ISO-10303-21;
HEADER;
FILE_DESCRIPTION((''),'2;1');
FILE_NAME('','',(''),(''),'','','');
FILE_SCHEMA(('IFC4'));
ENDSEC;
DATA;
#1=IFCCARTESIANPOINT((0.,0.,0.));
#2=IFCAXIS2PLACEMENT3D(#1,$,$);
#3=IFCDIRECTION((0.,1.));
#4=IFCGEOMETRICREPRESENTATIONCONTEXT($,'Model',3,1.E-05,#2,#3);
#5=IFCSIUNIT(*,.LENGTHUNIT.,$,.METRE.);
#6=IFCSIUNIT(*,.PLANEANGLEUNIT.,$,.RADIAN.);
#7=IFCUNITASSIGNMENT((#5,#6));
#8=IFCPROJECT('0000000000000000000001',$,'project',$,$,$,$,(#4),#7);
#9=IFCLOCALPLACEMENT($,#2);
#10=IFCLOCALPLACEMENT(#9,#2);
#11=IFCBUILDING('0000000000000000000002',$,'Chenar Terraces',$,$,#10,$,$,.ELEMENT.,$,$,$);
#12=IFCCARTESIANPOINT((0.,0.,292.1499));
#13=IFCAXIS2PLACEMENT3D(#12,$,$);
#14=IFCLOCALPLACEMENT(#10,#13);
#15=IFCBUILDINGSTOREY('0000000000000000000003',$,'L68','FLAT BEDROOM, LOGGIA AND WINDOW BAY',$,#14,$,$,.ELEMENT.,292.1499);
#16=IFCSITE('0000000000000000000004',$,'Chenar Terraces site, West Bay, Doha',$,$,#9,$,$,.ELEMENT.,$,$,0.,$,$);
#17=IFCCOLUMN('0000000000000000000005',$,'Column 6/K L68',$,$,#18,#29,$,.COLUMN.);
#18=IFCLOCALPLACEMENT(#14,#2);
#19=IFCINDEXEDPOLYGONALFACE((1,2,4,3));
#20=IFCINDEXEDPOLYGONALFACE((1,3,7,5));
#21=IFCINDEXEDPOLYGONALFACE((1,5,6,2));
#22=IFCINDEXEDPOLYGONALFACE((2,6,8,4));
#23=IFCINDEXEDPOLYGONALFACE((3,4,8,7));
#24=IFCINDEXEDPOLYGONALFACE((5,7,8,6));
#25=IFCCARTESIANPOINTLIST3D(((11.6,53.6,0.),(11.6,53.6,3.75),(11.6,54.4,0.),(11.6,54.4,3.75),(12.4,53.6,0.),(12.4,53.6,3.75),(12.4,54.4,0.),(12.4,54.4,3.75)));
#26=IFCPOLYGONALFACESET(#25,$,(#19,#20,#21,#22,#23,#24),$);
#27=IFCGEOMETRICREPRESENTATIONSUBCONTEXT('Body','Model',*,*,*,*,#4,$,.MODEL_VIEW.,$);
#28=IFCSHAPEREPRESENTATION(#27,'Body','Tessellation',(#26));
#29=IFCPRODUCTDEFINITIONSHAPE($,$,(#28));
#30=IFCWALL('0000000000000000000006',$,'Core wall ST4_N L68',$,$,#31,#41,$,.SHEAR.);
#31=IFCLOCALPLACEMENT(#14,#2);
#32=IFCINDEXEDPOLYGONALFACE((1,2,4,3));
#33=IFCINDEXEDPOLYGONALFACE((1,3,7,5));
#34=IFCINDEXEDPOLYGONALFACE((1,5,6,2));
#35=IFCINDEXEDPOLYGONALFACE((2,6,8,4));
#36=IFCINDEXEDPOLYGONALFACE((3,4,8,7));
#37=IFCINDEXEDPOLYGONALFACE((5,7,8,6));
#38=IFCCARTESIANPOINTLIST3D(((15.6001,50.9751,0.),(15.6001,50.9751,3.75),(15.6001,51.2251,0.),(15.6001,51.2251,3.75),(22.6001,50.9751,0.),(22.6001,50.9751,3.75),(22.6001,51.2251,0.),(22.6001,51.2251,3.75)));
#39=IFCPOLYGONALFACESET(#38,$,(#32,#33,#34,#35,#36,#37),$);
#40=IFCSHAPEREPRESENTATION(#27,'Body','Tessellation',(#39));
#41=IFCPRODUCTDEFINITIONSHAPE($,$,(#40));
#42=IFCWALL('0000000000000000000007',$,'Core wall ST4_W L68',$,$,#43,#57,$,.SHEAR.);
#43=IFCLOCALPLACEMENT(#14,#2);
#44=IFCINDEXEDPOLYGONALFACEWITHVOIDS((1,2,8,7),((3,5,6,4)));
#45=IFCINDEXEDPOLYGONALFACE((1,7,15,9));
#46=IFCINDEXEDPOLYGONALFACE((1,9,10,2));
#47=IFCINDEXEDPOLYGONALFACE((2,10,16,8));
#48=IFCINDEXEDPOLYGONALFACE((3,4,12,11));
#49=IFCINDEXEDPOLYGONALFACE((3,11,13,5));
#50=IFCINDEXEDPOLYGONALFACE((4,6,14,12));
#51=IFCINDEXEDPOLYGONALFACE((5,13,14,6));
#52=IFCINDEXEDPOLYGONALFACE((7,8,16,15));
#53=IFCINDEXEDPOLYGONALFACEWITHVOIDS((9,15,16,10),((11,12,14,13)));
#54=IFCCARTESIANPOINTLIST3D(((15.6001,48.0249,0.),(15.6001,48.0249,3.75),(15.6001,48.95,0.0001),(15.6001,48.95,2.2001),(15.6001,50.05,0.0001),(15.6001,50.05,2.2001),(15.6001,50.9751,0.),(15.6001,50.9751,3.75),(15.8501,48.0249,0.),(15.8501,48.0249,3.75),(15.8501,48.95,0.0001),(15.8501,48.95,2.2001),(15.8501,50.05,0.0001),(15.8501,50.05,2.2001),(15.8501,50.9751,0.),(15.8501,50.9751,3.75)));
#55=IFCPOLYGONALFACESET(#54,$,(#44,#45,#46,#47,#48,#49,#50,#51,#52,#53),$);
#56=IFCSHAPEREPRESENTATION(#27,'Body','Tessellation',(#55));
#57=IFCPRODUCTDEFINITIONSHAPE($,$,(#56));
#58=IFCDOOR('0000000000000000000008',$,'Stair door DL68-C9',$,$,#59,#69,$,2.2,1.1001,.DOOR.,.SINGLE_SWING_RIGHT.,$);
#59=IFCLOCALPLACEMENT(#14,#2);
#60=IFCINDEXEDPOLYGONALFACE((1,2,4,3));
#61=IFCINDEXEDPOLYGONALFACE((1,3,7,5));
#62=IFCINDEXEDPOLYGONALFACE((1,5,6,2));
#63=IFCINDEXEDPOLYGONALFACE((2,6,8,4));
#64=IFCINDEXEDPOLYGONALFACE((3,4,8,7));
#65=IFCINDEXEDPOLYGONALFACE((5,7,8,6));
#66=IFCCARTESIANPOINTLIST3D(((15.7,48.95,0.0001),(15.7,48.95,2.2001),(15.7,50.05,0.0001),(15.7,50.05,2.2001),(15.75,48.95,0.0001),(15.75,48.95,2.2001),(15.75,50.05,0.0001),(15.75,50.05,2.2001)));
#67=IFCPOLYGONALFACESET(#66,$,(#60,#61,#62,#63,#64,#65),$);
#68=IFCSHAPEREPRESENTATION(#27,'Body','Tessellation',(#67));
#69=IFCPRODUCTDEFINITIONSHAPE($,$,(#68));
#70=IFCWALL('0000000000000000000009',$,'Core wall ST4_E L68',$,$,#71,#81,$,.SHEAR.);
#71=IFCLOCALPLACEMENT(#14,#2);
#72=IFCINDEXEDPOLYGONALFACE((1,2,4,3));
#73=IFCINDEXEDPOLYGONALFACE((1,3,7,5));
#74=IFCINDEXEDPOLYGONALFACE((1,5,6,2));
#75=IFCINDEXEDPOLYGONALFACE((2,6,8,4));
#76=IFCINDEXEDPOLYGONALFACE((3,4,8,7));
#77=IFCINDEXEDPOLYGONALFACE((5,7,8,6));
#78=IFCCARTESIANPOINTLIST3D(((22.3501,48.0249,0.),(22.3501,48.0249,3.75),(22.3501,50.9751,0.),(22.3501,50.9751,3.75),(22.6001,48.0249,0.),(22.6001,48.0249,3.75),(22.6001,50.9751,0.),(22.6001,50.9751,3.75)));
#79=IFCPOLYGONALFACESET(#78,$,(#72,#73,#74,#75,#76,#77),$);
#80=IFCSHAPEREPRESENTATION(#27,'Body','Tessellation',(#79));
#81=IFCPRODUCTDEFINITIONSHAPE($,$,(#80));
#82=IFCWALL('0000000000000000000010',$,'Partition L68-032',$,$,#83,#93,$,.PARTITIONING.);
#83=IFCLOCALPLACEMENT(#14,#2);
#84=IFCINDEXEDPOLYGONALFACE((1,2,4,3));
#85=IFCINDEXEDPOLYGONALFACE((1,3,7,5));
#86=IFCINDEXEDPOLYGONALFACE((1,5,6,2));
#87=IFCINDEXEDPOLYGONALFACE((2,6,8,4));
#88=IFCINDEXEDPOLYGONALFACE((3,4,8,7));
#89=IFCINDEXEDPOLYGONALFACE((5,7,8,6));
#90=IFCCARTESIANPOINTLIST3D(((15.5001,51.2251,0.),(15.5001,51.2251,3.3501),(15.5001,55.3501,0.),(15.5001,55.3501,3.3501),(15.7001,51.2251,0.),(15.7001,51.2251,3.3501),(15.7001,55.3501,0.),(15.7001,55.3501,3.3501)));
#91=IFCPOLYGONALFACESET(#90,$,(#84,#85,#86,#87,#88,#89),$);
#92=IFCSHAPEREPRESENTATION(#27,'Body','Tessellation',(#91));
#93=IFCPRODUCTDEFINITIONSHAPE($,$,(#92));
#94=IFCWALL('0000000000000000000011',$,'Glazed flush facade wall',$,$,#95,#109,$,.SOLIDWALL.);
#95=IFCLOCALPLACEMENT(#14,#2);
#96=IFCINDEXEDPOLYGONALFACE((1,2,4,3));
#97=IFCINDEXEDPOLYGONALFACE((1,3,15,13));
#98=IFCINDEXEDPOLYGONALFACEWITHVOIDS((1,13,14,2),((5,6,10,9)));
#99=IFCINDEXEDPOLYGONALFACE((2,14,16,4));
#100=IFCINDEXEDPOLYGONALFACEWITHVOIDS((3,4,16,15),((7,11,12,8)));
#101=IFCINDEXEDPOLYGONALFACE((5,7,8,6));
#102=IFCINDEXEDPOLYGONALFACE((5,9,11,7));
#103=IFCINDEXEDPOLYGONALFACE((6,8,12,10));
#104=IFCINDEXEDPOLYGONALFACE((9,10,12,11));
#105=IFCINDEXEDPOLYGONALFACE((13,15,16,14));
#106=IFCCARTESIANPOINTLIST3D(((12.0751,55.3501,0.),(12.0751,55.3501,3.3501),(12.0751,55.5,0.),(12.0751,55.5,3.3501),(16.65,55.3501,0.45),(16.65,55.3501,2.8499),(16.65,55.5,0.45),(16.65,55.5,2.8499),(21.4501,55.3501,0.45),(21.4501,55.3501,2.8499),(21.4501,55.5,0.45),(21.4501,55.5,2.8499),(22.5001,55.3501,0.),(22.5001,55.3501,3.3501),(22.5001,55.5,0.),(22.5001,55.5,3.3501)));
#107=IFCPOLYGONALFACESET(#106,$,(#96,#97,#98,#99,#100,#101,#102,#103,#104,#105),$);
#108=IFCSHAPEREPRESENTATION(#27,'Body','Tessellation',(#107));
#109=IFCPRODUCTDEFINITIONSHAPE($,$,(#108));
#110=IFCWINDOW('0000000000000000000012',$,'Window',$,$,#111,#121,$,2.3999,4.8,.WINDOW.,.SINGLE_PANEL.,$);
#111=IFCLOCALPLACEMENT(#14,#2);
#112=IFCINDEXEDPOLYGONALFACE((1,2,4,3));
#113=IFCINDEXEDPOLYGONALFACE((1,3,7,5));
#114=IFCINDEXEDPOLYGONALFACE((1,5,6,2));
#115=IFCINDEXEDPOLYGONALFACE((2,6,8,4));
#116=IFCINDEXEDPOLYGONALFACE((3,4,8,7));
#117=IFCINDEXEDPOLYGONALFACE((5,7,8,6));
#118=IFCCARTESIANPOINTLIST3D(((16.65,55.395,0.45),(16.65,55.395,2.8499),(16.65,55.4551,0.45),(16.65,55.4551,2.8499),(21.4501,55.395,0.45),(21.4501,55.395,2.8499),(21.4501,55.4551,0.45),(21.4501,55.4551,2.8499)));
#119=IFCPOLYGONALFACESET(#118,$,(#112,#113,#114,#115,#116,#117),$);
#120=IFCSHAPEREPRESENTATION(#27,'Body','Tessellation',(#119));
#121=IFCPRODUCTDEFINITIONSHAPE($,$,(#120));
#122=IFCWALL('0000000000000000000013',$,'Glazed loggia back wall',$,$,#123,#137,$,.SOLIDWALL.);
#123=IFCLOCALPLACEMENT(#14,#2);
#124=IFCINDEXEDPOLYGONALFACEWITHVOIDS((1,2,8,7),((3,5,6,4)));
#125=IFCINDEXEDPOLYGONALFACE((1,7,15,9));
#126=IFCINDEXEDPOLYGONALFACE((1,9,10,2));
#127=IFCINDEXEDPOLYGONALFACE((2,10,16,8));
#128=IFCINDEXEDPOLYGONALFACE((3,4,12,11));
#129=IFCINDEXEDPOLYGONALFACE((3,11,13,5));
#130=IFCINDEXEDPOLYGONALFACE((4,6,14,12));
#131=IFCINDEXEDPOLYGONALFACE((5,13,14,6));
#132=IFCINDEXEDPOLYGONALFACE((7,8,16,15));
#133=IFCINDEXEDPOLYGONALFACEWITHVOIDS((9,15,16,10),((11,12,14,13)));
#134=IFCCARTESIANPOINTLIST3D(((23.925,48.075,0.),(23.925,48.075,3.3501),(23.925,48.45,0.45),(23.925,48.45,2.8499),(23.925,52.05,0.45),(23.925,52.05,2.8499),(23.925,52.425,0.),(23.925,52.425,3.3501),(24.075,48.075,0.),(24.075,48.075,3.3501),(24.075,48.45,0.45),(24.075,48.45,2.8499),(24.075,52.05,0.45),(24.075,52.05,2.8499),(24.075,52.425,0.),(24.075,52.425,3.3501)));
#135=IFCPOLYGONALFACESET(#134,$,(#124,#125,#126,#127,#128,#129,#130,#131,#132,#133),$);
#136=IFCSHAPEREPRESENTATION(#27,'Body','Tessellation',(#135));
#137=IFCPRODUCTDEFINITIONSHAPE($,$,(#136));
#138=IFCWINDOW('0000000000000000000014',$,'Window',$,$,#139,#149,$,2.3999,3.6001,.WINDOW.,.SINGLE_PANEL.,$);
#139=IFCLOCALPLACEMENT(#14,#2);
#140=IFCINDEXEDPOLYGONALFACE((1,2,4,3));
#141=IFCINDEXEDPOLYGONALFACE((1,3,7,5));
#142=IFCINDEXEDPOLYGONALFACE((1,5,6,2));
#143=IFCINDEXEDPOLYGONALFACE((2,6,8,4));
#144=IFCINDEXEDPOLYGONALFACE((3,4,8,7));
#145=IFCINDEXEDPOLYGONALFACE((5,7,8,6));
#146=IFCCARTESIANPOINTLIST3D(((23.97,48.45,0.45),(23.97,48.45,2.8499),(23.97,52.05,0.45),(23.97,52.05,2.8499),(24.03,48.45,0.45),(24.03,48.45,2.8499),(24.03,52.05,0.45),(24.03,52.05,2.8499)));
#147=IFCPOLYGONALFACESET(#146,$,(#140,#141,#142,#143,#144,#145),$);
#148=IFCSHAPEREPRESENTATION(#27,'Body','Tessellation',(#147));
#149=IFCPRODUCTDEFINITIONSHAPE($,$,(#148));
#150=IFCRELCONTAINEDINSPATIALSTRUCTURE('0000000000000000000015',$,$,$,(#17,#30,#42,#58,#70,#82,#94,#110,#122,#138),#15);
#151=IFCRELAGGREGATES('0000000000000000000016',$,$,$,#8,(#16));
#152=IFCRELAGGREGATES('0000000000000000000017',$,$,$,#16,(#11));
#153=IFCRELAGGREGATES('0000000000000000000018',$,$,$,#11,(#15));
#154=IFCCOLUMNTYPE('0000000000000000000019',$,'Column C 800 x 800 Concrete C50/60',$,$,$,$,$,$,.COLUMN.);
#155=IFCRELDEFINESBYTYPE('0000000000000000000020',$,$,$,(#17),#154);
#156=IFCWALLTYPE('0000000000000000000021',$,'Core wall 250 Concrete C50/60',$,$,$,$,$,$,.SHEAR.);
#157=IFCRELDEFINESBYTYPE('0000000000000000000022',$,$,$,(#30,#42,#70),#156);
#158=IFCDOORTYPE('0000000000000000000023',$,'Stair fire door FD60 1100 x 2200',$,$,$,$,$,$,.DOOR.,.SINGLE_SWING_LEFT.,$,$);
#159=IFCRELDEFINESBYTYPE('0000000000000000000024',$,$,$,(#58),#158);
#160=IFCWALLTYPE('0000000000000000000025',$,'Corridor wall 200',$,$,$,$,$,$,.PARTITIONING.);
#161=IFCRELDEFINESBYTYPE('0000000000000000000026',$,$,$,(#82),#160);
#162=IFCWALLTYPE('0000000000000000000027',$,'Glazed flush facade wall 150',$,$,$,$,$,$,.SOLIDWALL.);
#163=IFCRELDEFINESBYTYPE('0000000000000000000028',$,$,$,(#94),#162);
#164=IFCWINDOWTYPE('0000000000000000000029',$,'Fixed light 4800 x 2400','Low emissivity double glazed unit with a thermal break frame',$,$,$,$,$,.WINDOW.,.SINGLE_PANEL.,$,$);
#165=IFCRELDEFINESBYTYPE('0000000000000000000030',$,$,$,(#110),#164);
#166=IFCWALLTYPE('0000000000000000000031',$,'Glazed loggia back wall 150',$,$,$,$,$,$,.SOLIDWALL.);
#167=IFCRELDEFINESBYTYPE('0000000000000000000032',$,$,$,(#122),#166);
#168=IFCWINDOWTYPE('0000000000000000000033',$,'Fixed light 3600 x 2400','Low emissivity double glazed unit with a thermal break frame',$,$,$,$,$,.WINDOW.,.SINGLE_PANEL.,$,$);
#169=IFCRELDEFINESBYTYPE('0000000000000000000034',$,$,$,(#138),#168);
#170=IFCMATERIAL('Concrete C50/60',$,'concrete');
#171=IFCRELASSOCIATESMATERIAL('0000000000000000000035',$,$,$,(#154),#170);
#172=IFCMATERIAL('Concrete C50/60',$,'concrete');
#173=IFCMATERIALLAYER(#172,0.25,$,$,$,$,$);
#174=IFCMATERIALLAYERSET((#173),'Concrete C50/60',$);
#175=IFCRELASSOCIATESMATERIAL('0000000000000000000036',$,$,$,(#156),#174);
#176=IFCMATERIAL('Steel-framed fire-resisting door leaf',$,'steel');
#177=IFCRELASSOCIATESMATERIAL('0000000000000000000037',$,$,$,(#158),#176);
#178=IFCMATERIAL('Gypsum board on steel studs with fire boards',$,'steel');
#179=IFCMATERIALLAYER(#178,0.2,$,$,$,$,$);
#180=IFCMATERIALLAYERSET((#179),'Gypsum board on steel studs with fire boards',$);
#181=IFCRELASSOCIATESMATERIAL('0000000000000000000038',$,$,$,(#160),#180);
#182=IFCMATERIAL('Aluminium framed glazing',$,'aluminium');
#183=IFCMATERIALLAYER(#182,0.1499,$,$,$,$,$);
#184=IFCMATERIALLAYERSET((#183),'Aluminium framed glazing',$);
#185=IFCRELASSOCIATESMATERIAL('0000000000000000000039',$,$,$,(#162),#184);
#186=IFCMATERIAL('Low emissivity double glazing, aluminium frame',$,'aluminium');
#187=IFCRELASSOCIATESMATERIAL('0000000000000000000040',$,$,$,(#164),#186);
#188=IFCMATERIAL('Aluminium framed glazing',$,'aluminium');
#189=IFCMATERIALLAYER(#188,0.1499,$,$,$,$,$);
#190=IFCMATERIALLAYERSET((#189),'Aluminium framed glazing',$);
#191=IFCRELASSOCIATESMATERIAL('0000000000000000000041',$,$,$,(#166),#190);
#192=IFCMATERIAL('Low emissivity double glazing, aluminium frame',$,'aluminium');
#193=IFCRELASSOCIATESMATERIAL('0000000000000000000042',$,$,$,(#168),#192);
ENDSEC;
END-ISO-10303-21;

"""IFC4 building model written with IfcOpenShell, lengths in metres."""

from ifc_helpers import new_model, si_unit, direction, frame, frame_2d, origin, origin_2d, place, context, subcontext, project, spatial, rectangle, extrude, material, layer, layer_set, material_profile, profile_set, type_object, element, fill, save


model = new_model("IFC4")

# Units and contexts
model_context = context("Model", 3, precision=1e-05, world=origin(), true_north=direction((0.0, 1.0)))
body_context = subcontext(model_context, "Body", "Model", "MODEL_VIEW")
ifc_project = project(units=[si_unit("LENGTHUNIT", "METRE"), si_unit("PLANEANGLEUNIT", "RADIAN")], contexts=[model_context])

# Site, building, storey
site_placement = place(None, origin())
site = spatial("IfcSite", under=ifc_project, at=site_placement, Name="Chenar Terraces site, West Bay, Doha", CompositionType="ELEMENT", RefElevation=0.0)
building_placement = place(site_placement, origin())
building = spatial("IfcBuilding", under=site, at=building_placement, Name="Chenar Terraces", CompositionType="ELEMENT")
storey_placement = place(building_placement, frame((0.0, 0.0, 292.1499)))
storey = spatial("IfcBuildingStorey", under=building, at=storey_placement, Name="L68", Description="FLAT BEDROOM, LOGGIA AND WINDOW BAY", CompositionType="ELEMENT", Elevation=292.1499)

# Column
ifc_material_1 = material(Name="Concrete C50/60", Category="concrete")
ifc_material_profile = material_profile(ifc_material_1, rectangle(XDim=0.8, YDim=0.8, at=origin_2d()), Name="C 800 x 800")
ifc_profile_set = profile_set([ifc_material_profile], Name="Concrete C50/60")
column_type = type_object("IfcColumnType", Name="Column C 800 x 800 Concrete C50/60", PredefinedType="COLUMN", material=ifc_profile_set)
column_placement = place(storey_placement, frame((12.0, 54.0, 0.0), z_axis=(0.0, 0.0, 1.0), x_axis=(1.0, 0.0, 0.0)))
element("IfcColumn", 1, at=column_placement, inside=storey, type_object=column_type, Name="Column 6/K L68", PredefinedType="COLUMN", context=body_context, shape_type="SweptSolid", body=[
    extrude(rectangle(XDim=0.8, YDim=0.8, at=origin_2d()), origin(), (0.0, 0.0, 1.0), 3.75),
])

# Wall
ifc_material_2 = material(Name="Concrete C50/60", Category="concrete")
ifc_layer_1 = layer(ifc_material_2, 0.25)
ifc_layer_set_1 = layer_set([ifc_layer_1], Name="Concrete C50/60")
wall_type_1 = type_object("IfcWallType", Name="Core wall 250 Concrete C50/60", PredefinedType="SHEAR", material=ifc_layer_set_1)
wall_1_placement = place(storey_placement, frame((15.6001, 51.1001, 0.0), z_axis=(0.0, 0.0, 1.0), x_axis=(1.0, 0.0, 0.0)))
element("IfcWall", 2, at=wall_1_placement, inside=storey, type_object=wall_type_1, Name="Core wall ST4_N L68", PredefinedType="SHEAR", context=body_context, shape_type="SweptSolid", body=[
    extrude(rectangle(XDim=7.0, YDim=0.25, at=frame_2d((3.5, 0.0))), origin(), (0.0, 0.0, 1.0), 3.75),
])

# Wall, opening, door
wall_2_placement = place(storey_placement, frame((15.7251, 48.0249, 0.0), z_axis=(0.0, 0.0, 1.0), x_axis=(0.0, 1.0, 0.0)))
wall_2 = element("IfcWall", 3, at=wall_2_placement, inside=storey, type_object=wall_type_1, Name="Core wall ST4_W L68", PredefinedType="SHEAR", context=body_context, shape_type="SweptSolid", body=[
    extrude(rectangle(XDim=2.9502, YDim=0.25, at=frame_2d((1.4751, 0.0))), origin(), (0.0, 0.0, 1.0), 3.75),
])
opening_1_placement = place(wall_2_placement, frame((0.925, 0.0, 0.0)))
opening_1 = element("IfcOpeningElement", 4, at=opening_1_placement, cuts=wall_2, PredefinedType="OPENING", context=body_context, shape_type="SweptSolid", body=[
    extrude(rectangle(XDim=1.1001, YDim=2.2, at=frame_2d((0.55, 1.1001))), frame((0.0, 0.135, 0.0), z_axis=(0.0, -1.0, 0.0), x_axis=(1.0, 0.0, 0.0)), (0.0, 0.0, 1.0), 0.27),
])
ifc_material_3 = material(Name="Steel-framed fire-resisting door leaf", Category="steel")
door_type_1 = type_object("IfcDoorType", Name="Stair fire door FD60 1100 x 2200", OperationType="SINGLE_SWING_LEFT", PredefinedType="DOOR", material=ifc_material_3)
door_1_placement = place(opening_1_placement, frame((1.1001, 0.0, 0.0), z_axis=(0.0, 0.0, 1.0), x_axis=(-1.0, 0.0, 0.0)))
door_1 = element("IfcDoor", 5, at=door_1_placement, inside=storey, type_object=door_type_1, Name="Stair door DL68-C9", OperationType="SINGLE_SWING_RIGHT", OverallHeight=2.2, OverallWidth=1.1001, PredefinedType="DOOR", context=body_context, shape_type="SweptSolid", body=[
    extrude(rectangle(XDim=1.1001, YDim=2.2, at=frame_2d((0.55, 1.1001))), frame((0.0, 0.0249, 0.0), z_axis=(0.0, -1.0, 0.0), x_axis=(1.0, 0.0, 0.0)), (0.0, 0.0, 1.0), 0.05),
])
fill(opening_1, door_1)

# Walls
wall_3_placement = place(storey_placement, frame((22.4751, 48.0249, 0.0), z_axis=(0.0, 0.0, 1.0), x_axis=(0.0, 1.0, 0.0)))
element("IfcWall", 6, at=wall_3_placement, inside=storey, type_object=wall_type_1, Name="Core wall ST4_E L68", PredefinedType="SHEAR", context=body_context, shape_type="SweptSolid", body=[
    extrude(rectangle(XDim=2.9502, YDim=0.25, at=frame_2d((1.4751, 0.0))), origin(), (0.0, 0.0, 1.0), 3.75),
])
ifc_material_4 = material(Name="Gypsum board on steel studs with fire boards", Category="steel")
ifc_layer_2 = layer(ifc_material_4, 0.2)
ifc_layer_set_2 = layer_set([ifc_layer_2], Name="Gypsum board on steel studs with fire boards")
wall_type_2 = type_object("IfcWallType", Name="Corridor wall 200", PredefinedType="PARTITIONING", material=ifc_layer_set_2)
wall_4_placement = place(storey_placement, frame((15.6001, 51.2251, 0.0), z_axis=(0.0, 0.0, 1.0), x_axis=(0.0, 1.0, 0.0)))
element("IfcWall", 7, at=wall_4_placement, inside=storey, type_object=wall_type_2, Name="Partition L68-032", PredefinedType="PARTITIONING", context=body_context, shape_type="SweptSolid", body=[
    extrude(rectangle(XDim=4.125, YDim=0.2, at=frame_2d((2.0625, 0.0))), origin(), (0.0, 0.0, 1.0), 3.3501),
])

# Walls, openings, windows
ifc_material_5 = material(Name="Aluminium framed glazing", Category="aluminium")
ifc_layer_3 = layer(ifc_material_5, 0.1499)
ifc_layer_set_3 = layer_set([ifc_layer_3], Name="Aluminium framed glazing")
wall_type_3 = type_object("IfcWallType", Name="Glazed flush facade wall 150", PredefinedType="SOLIDWALL", material=ifc_layer_set_3)
wall_5_placement = place(storey_placement, frame((22.5, 55.425, 0.0), z_axis=(0.0, 0.0, 1.0), x_axis=(-1.0, 0.0, 0.0)))
wall_5 = element("IfcWall", 8, at=wall_5_placement, inside=storey, type_object=wall_type_3, Name="Glazed flush facade wall", PredefinedType="SOLIDWALL", context=body_context, shape_type="SweptSolid", body=[
    extrude(rectangle(XDim=10.425, YDim=0.1499, at=frame_2d((5.2124, 0.0))), origin(), (0.0, 0.0, 1.0), 3.3501),
])
opening_2_placement = place(wall_5_placement, frame((1.05, 0.0, 0.45)))
opening_2 = element("IfcOpeningElement", 9, at=opening_2_placement, cuts=wall_5, PredefinedType="OPENING", context=body_context, shape_type="SweptSolid", body=[
    extrude(rectangle(XDim=4.8, YDim=2.3999, at=frame_2d((2.3999, 1.2))), frame((0.0, 0.085, 0.0), z_axis=(0.0, -1.0, 0.0), x_axis=(1.0, 0.0, 0.0)), (0.0, 0.0, 1.0), 0.1699),
])
ifc_material_6 = material(Name="Low emissivity double glazing, aluminium frame", Category="aluminium")
window_type_1 = type_object("IfcWindowType", Name="Fixed light 4800 x 2400", Description="Low emissivity double glazed unit with a thermal break frame", PartitioningType="SINGLE_PANEL", PredefinedType="WINDOW", material=ifc_material_6)
window_1_placement = place(opening_2_placement, origin())
window_1 = element("IfcWindow", 10, at=window_1_placement, inside=storey, type_object=window_type_1, Name="Window", OverallHeight=2.3999, OverallWidth=4.8, PartitioningType="SINGLE_PANEL", PredefinedType="WINDOW", context=body_context, shape_type="SweptSolid", body=[
    extrude(rectangle(XDim=4.8, YDim=2.3999, at=frame_2d((2.3999, 1.2))), frame((0.0, 0.03, 0.0), z_axis=(0.0, -1.0, 0.0), x_axis=(1.0, 0.0, 0.0)), (0.0, 0.0, 1.0), 0.0601),
])
fill(opening_2, window_1)
ifc_material_7 = material(Name="Aluminium framed glazing", Category="aluminium")
ifc_layer_4 = layer(ifc_material_7, 0.1499)
ifc_layer_set_4 = layer_set([ifc_layer_4], Name="Aluminium framed glazing")
wall_type_4 = type_object("IfcWallType", Name="Glazed loggia back wall 150", PredefinedType="SOLIDWALL", material=ifc_layer_set_4)
wall_6_placement = place(storey_placement, frame((24.0, 48.075, 0.0), z_axis=(0.0, 0.0, 1.0), x_axis=(0.0, 1.0, 0.0)))
wall_6 = element("IfcWall", 11, at=wall_6_placement, inside=storey, type_object=wall_type_4, Name="Glazed loggia back wall", PredefinedType="SOLIDWALL", context=body_context, shape_type="SweptSolid", body=[
    extrude(rectangle(XDim=4.3501, YDim=0.1499, at=frame_2d((2.175, 0.0))), origin(), (0.0, 0.0, 1.0), 3.3501),
])
opening_3_placement = place(wall_6_placement, frame((0.375, 0.0, 0.45)))
opening_3 = element("IfcOpeningElement", 12, at=opening_3_placement, cuts=wall_6, PredefinedType="OPENING", context=body_context, shape_type="SweptSolid", body=[
    extrude(rectangle(XDim=3.6001, YDim=2.3999, at=frame_2d((1.8, 1.2))), frame((0.0, 0.085, 0.0), z_axis=(0.0, -1.0, 0.0), x_axis=(1.0, 0.0, 0.0)), (0.0, 0.0, 1.0), 0.1699),
])
ifc_material_8 = material(Name="Low emissivity double glazing, aluminium frame", Category="aluminium")
window_type_2 = type_object("IfcWindowType", Name="Fixed light 3600 x 2400", Description="Low emissivity double glazed unit with a thermal break frame", PartitioningType="SINGLE_PANEL", PredefinedType="WINDOW", material=ifc_material_8)
window_2_placement = place(opening_3_placement, origin())
window_2 = element("IfcWindow", 13, at=window_2_placement, inside=storey, type_object=window_type_2, Name="Window", OverallHeight=2.3999, OverallWidth=3.6001, PartitioningType="SINGLE_PANEL", PredefinedType="WINDOW", context=body_context, shape_type="SweptSolid", body=[
    extrude(rectangle(XDim=3.6001, YDim=2.3999, at=frame_2d((1.8, 1.2))), frame((0.0, 0.03, 0.0), z_axis=(0.0, -1.0, 0.0), x_axis=(1.0, 0.0, 0.0)), (0.0, 0.0, 1.0), 0.0601),
])
fill(opening_3, window_2)

save(model, "model.ifc")
